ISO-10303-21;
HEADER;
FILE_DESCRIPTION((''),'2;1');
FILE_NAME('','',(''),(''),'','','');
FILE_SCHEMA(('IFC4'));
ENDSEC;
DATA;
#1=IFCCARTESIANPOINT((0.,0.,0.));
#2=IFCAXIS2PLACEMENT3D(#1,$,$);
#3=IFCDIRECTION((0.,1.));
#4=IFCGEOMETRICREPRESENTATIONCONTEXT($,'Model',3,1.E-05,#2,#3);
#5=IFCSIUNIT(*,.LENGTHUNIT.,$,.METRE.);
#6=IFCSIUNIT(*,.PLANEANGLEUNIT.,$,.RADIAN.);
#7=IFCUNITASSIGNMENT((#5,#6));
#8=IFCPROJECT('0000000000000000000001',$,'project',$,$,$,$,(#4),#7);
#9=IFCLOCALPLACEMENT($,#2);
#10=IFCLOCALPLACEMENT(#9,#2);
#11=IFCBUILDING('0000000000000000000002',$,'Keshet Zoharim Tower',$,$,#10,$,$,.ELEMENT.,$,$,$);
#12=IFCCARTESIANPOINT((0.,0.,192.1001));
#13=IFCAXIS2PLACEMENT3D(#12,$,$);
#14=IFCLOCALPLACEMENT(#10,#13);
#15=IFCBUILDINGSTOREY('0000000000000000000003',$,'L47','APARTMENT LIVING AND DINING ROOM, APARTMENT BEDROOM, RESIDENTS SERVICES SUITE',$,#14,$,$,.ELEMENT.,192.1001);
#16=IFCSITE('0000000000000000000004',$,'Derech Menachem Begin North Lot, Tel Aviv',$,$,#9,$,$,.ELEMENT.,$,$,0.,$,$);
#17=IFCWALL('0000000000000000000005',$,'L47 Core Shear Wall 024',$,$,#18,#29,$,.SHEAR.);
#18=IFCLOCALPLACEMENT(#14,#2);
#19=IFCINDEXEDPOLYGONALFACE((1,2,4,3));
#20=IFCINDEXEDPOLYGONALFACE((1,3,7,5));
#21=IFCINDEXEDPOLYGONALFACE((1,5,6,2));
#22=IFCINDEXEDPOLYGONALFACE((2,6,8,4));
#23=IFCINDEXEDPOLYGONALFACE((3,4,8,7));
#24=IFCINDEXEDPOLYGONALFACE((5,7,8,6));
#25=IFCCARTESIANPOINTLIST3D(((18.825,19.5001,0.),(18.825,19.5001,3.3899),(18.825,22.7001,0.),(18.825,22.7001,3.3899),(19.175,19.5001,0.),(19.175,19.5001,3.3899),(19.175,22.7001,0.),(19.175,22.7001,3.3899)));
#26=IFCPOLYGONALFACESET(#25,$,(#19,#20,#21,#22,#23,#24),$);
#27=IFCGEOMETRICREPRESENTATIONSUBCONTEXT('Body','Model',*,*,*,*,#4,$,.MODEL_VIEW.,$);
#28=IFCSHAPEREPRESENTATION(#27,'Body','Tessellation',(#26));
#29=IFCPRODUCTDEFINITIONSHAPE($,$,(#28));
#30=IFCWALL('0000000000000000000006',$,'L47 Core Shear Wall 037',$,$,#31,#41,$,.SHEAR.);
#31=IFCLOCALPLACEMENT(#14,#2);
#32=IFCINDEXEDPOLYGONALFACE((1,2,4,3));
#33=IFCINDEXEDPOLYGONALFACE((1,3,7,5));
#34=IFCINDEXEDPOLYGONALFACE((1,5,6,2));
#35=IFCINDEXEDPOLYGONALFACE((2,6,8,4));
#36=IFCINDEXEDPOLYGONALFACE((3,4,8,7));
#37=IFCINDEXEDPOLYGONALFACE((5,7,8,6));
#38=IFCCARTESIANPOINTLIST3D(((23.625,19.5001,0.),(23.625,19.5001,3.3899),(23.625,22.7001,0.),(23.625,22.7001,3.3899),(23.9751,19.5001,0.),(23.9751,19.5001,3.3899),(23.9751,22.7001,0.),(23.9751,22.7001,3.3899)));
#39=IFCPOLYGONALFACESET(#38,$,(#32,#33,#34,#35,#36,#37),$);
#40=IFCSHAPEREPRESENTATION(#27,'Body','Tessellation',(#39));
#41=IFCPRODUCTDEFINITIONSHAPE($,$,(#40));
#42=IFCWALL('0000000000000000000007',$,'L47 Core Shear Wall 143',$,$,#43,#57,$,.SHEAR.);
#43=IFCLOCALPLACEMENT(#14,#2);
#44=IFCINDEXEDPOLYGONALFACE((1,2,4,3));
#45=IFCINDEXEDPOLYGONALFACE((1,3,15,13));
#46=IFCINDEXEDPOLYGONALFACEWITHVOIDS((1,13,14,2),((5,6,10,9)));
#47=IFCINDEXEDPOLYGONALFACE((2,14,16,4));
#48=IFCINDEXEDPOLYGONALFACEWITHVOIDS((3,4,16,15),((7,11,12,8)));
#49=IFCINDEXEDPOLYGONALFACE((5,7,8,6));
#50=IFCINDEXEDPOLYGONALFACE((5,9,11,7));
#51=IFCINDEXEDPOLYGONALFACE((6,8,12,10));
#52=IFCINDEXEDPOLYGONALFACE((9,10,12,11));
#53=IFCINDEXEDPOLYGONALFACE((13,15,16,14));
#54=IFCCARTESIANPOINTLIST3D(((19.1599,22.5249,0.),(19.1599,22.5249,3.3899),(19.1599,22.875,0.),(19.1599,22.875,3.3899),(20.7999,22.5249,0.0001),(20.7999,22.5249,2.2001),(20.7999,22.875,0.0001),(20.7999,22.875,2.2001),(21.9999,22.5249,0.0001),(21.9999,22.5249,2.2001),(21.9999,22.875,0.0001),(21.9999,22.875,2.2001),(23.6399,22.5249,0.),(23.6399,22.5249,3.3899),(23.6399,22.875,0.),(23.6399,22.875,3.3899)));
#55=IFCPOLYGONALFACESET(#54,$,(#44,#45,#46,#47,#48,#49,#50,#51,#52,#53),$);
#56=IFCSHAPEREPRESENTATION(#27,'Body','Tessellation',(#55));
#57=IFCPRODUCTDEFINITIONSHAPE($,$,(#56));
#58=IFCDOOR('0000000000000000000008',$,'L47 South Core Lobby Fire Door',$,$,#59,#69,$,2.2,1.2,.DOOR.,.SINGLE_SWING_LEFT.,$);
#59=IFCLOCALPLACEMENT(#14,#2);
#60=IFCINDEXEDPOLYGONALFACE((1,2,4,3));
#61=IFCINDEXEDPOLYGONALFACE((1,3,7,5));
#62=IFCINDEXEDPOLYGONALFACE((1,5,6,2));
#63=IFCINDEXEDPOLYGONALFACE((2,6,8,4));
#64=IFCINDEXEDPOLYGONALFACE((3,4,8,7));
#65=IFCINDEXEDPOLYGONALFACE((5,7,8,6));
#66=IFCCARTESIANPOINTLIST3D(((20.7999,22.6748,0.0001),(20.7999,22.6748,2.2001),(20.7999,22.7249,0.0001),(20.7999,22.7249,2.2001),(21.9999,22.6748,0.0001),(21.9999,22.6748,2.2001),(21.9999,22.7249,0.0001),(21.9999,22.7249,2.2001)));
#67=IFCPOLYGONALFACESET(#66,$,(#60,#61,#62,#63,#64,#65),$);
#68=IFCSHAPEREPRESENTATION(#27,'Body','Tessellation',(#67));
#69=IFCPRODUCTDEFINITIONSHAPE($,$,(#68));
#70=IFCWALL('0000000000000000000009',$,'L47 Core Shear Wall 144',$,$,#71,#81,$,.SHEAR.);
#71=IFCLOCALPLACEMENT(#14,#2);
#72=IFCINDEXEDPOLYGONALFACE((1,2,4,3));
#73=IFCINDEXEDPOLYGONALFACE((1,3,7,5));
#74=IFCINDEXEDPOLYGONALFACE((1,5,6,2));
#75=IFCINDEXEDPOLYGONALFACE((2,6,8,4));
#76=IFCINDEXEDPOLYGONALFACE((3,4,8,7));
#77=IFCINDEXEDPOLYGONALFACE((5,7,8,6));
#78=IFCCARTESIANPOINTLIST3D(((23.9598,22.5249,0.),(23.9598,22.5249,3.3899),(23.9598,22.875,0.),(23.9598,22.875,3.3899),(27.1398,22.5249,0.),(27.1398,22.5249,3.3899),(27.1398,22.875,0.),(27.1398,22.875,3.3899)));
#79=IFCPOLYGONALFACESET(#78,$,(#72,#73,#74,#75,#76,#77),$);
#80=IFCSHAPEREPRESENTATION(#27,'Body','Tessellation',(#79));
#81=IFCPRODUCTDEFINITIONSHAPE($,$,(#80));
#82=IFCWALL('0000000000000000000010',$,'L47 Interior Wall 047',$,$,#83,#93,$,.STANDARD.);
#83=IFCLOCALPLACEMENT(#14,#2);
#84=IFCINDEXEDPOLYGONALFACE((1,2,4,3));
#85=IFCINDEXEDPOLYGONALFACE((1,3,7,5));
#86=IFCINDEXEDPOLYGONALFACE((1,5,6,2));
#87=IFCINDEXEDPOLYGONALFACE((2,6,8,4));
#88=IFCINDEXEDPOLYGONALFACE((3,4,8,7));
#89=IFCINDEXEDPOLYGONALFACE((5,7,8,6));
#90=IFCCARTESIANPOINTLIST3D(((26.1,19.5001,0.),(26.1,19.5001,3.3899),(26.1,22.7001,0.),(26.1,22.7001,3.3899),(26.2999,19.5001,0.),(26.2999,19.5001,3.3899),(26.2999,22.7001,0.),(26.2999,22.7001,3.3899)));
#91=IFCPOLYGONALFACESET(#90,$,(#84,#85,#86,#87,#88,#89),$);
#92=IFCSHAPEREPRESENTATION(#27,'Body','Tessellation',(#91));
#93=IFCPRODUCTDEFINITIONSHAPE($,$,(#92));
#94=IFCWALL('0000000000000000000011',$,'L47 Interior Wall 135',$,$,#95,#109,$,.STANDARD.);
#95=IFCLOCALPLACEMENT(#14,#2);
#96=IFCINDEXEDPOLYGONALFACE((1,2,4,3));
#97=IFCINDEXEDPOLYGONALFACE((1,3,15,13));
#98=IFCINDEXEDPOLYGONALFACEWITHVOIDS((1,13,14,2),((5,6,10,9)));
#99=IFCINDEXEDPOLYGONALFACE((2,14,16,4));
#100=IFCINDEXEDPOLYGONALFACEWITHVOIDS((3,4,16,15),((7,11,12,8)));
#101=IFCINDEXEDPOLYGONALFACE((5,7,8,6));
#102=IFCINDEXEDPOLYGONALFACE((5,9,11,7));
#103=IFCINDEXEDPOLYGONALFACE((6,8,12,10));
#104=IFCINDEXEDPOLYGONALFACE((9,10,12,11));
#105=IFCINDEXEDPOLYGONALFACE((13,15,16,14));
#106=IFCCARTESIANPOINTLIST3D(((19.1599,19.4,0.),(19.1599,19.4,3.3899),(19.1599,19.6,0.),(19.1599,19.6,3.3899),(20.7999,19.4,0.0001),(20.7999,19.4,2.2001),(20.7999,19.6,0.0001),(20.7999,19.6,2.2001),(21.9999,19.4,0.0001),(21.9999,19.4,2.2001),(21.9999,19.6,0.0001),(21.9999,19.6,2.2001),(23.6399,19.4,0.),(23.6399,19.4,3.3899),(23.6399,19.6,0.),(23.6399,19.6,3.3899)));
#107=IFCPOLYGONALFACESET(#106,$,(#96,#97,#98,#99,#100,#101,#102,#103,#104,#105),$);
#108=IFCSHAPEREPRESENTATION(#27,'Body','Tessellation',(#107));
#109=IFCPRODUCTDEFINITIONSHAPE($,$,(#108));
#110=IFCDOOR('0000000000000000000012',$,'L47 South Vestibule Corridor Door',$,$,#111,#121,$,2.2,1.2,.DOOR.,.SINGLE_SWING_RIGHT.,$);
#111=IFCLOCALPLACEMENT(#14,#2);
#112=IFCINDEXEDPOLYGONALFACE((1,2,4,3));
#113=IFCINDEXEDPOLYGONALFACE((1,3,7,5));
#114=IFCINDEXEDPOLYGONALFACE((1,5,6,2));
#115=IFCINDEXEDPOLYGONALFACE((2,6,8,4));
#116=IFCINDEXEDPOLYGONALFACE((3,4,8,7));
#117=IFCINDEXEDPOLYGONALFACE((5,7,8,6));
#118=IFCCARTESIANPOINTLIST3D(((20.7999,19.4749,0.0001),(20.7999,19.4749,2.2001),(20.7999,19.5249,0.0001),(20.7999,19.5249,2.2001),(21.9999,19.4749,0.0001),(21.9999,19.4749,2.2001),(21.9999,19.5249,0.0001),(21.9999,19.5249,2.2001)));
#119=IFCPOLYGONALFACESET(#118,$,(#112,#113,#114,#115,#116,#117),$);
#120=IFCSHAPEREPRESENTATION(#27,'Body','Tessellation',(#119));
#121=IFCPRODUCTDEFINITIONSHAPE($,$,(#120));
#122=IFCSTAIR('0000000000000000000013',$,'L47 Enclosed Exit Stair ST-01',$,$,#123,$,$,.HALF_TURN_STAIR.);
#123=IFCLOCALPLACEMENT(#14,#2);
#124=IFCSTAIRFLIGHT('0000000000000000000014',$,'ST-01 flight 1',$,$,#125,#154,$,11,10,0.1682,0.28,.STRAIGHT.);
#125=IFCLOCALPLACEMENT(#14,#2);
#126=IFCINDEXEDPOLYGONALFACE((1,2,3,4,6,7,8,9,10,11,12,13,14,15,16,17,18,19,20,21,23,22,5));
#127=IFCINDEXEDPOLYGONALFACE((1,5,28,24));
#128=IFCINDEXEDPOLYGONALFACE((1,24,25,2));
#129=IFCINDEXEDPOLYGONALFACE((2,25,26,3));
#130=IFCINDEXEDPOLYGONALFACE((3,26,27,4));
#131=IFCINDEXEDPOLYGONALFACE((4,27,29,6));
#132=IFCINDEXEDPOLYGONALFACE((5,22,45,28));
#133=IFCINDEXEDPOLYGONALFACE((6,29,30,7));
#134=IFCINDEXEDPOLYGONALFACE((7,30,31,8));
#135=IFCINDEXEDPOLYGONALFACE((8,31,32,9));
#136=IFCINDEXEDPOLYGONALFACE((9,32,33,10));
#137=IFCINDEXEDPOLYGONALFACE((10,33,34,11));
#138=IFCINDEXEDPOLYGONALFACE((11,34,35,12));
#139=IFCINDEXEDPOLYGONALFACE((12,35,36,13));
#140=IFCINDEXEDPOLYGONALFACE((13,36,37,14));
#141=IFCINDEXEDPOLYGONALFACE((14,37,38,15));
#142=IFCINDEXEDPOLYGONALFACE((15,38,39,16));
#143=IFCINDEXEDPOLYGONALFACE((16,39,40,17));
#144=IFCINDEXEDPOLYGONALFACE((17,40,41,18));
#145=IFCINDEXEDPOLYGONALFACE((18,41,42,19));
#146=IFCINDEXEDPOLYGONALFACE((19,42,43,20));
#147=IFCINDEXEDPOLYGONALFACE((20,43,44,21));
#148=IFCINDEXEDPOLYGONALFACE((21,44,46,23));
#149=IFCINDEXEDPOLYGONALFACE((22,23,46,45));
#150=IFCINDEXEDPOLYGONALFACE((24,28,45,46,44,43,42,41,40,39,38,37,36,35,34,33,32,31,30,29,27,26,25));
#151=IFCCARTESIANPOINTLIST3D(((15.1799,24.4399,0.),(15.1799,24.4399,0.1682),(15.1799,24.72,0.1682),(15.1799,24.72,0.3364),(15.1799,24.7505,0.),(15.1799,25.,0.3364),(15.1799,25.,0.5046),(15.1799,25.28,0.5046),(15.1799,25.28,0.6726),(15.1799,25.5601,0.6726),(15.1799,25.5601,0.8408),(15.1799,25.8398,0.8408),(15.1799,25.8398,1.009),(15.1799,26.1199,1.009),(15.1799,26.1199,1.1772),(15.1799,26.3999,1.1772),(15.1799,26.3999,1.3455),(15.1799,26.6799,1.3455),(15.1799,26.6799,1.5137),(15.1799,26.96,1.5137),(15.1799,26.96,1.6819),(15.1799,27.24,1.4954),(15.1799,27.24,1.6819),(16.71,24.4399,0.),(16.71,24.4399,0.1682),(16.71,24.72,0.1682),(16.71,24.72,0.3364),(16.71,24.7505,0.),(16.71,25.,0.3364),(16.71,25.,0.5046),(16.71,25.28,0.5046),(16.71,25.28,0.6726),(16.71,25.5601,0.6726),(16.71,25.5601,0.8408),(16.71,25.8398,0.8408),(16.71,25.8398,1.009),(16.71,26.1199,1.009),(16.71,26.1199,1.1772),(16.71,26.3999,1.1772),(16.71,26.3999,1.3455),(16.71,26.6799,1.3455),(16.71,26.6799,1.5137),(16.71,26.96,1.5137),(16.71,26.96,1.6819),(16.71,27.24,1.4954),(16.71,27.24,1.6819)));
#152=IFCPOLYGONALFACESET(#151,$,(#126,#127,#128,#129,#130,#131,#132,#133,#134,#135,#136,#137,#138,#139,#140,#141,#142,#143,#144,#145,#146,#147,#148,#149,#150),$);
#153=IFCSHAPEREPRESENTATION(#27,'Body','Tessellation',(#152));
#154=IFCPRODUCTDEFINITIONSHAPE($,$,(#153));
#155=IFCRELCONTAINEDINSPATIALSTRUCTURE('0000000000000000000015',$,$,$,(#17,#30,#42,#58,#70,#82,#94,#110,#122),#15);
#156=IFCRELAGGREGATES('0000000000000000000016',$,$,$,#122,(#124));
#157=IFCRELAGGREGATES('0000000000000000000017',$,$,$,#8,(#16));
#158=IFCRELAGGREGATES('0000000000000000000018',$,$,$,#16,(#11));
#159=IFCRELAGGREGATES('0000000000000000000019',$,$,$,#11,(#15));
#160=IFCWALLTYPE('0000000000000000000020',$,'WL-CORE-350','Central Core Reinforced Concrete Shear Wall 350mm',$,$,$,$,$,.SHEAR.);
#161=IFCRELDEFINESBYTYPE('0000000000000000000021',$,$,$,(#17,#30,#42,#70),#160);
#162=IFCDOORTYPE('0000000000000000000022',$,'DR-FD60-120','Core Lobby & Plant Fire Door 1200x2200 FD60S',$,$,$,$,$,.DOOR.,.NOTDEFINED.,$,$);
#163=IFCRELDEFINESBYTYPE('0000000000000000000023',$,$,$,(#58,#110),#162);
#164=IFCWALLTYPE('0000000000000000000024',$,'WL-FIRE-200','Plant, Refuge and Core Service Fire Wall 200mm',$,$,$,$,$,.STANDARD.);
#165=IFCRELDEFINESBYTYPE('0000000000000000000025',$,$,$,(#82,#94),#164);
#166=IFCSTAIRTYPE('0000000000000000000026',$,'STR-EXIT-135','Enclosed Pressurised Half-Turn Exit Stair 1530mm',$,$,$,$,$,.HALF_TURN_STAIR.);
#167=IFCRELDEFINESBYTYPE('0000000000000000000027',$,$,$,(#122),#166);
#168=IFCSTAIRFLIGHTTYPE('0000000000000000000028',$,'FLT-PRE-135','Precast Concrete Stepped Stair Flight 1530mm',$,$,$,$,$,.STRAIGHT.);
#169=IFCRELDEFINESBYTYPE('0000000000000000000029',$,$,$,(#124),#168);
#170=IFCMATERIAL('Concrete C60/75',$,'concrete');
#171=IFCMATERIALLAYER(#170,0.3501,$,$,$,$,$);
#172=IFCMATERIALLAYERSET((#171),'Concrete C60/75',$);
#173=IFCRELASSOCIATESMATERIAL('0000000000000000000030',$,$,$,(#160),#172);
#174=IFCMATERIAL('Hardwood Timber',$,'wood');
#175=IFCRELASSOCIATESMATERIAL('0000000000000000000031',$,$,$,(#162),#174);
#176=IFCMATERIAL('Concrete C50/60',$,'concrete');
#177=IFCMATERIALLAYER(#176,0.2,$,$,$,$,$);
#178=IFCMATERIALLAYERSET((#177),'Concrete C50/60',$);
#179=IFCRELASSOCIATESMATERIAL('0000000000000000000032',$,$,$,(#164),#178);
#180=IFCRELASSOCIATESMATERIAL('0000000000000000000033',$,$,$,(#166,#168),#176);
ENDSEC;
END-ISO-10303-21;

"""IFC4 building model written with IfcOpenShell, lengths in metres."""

from ifc_helpers import new_model, si_unit, direction, frame, frame_2d, origin, place, context, subcontext, project, spatial, polyline, rectangle, outline, extrude, material, layer, layer_set, type_object, element, fill, aggregate, save


model = new_model("IFC4")

# Units and contexts
model_context = context("Model", 3, precision=1e-05, world=origin(), true_north=direction((0.0, 1.0)))
body_context = subcontext(model_context, "Body", "Model", "MODEL_VIEW")
ifc_project = project(units=[si_unit("LENGTHUNIT", "METRE"), si_unit("PLANEANGLEUNIT", "RADIAN")], contexts=[model_context])

# Site, building, storey
site_placement = place(None, origin())
site = spatial("IfcSite", under=ifc_project, at=site_placement, Name="Derech Menachem Begin North Lot, Tel Aviv", CompositionType="ELEMENT", RefElevation=0.0)
building_placement = place(site_placement, origin())
building = spatial("IfcBuilding", under=site, at=building_placement, Name="Keshet Zoharim Tower", CompositionType="ELEMENT")
storey_placement = place(building_placement, frame((0.0, 0.0, 192.1001)))
storey = spatial("IfcBuildingStorey", under=building, at=storey_placement, Name="L47", Description="APARTMENT LIVING AND DINING ROOM, APARTMENT BEDROOM, RESIDENTS SERVICES SUITE", CompositionType="ELEMENT", Elevation=192.1001)

# Wall
ifc_material_1 = material(Name="Concrete C60/75", Category="concrete")
ifc_layer_1 = layer(ifc_material_1, 0.3501)
ifc_layer_set_1 = layer_set([ifc_layer_1], Name="Concrete C60/75")
wall_type_1 = type_object("IfcWallType", Name="WL-CORE-350", Description="Central Core Reinforced Concrete Shear Wall 350mm", PredefinedType="SHEAR", material=ifc_layer_set_1)
wall_1_placement = place(storey_placement, frame((19.0, 19.5, 0.0), z_axis=(0.0, 0.0, 1.0), x_axis=(0.0, 1.0, 0.0)))
element("IfcWall", 1, at=wall_1_placement, inside=storey, type_object=wall_type_1, Name="L47 Core Shear Wall 024", PredefinedType="SHEAR", context=body_context, shape_type="SweptSolid", body=[
    extrude(rectangle(XDim=3.2, YDim=0.3501, at=frame_2d((1.6001, 0.0))), origin(), (0.0, 0.0, 1.0), 3.3899),
])

# Shared definitions
ifc_material_2 = material(Name="Hardwood Timber", Category="wood")

# Wall
wall_2_placement = place(storey_placement, frame((23.8, 19.5, 0.0), z_axis=(0.0, 0.0, 1.0), x_axis=(0.0, 1.0, 0.0)))
element("IfcWall", 2, at=wall_2_placement, inside=storey, type_object=wall_type_1, Name="L47 Core Shear Wall 037", PredefinedType="SHEAR", context=body_context, shape_type="SweptSolid", body=[
    extrude(rectangle(XDim=3.2, YDim=0.3501, at=frame_2d((1.6001, 0.0))), origin(), (0.0, 0.0, 1.0), 3.3899),
])

# Wall, opening, door
wall_3_placement = place(storey_placement, frame((19.1599, 22.7, 0.0), z_axis=(0.0, 0.0, 1.0), x_axis=(1.0, 0.0, 0.0)))
wall_3 = element("IfcWall", 3, at=wall_3_placement, inside=storey, type_object=wall_type_1, Name="L47 Core Shear Wall 143", PredefinedType="SHEAR", context=body_context, shape_type="SweptSolid", body=[
    extrude(rectangle(XDim=4.48, YDim=0.3501, at=frame_2d((2.24, 0.0))), origin(), (0.0, 0.0, 1.0), 3.3899),
])
opening_1_placement = place(wall_3_placement, frame((1.6399, 0.0, 0.0)))
opening_1 = element("IfcOpeningElement", 4, at=opening_1_placement, cuts=wall_3, PredefinedType="OPENING", context=body_context, shape_type="SweptSolid", body=[
    extrude(rectangle(XDim=1.2, YDim=2.2, at=frame_2d((0.6001, 1.1001))), frame((0.0, 0.1851, 0.0), z_axis=(0.0, -1.0, 0.0), x_axis=(1.0, 0.0, 0.0)), (0.0, 0.0, 1.0), 0.3701),
])
door_type_1 = type_object("IfcDoorType", Name="DR-FD60-120", Description="Core Lobby & Plant Fire Door 1200x2200 FD60S", OperationType="NOTDEFINED", PredefinedType="DOOR", material=ifc_material_2)
door_1_placement = place(opening_1_placement, origin())
door_1 = element("IfcDoor", 5, at=door_1_placement, inside=storey, type_object=door_type_1, Name="L47 South Core Lobby Fire Door", OperationType="SINGLE_SWING_LEFT", OverallHeight=2.2, OverallWidth=1.2, PredefinedType="DOOR", context=body_context, shape_type="SweptSolid", body=[
    extrude(rectangle(XDim=1.2, YDim=2.2, at=frame_2d((0.6001, 1.1001))), frame((0.0, 0.0249, 0.0), z_axis=(0.0, -1.0, 0.0), x_axis=(1.0, 0.0, 0.0)), (0.0, 0.0, 1.0), 0.05),
])
fill(opening_1, door_1)

# Walls
wall_4_placement = place(storey_placement, frame((23.96, 22.7, 0.0), z_axis=(0.0, 0.0, 1.0), x_axis=(1.0, 0.0, 0.0)))
element("IfcWall", 6, at=wall_4_placement, inside=storey, type_object=wall_type_1, Name="L47 Core Shear Wall 144", PredefinedType="SHEAR", context=body_context, shape_type="SweptSolid", body=[
    extrude(rectangle(XDim=3.1799, YDim=0.3501, at=frame_2d((1.5898, 0.0))), origin(), (0.0, 0.0, 1.0), 3.3899),
])
ifc_material_3 = material(Name="Concrete C50/60", Category="concrete")
ifc_layer_2 = layer(ifc_material_3, 0.2)
ifc_layer_set_2 = layer_set([ifc_layer_2], Name="Concrete C50/60")
wall_type_2 = type_object("IfcWallType", Name="WL-FIRE-200", Description="Plant, Refuge and Core Service Fire Wall 200mm", PredefinedType="STANDARD", material=ifc_layer_set_2)
wall_5_placement = place(storey_placement, frame((26.2, 19.5, 0.0), z_axis=(0.0, 0.0, 1.0), x_axis=(0.0, 1.0, 0.0)))
element("IfcWall", 7, at=wall_5_placement, inside=storey, type_object=wall_type_2, Name="L47 Interior Wall 047", PredefinedType="STANDARD", context=body_context, shape_type="SweptSolid", body=[
    extrude(rectangle(XDim=3.2, YDim=0.2, at=frame_2d((1.6001, 0.0))), origin(), (0.0, 0.0, 1.0), 3.3899),
])

# Wall, opening, door
wall_6_placement = place(storey_placement, frame((19.1599, 19.5, 0.0), z_axis=(0.0, 0.0, 1.0), x_axis=(1.0, 0.0, 0.0)))
wall_6 = element("IfcWall", 8, at=wall_6_placement, inside=storey, type_object=wall_type_2, Name="L47 Interior Wall 135", PredefinedType="STANDARD", context=body_context, shape_type="SweptSolid", body=[
    extrude(rectangle(XDim=4.48, YDim=0.2, at=frame_2d((2.24, 0.0))), origin(), (0.0, 0.0, 1.0), 3.3899),
])
opening_2_placement = place(wall_6_placement, frame((1.6399, 0.0, 0.0)))
opening_2 = element("IfcOpeningElement", 9, at=opening_2_placement, cuts=wall_6, PredefinedType="OPENING", context=body_context, shape_type="SweptSolid", body=[
    extrude(rectangle(XDim=1.2, YDim=2.2, at=frame_2d((0.6001, 1.1001))), frame((0.0, 0.1099, 0.0), z_axis=(0.0, -1.0, 0.0), x_axis=(1.0, 0.0, 0.0)), (0.0, 0.0, 1.0), 0.22),
])
door_2_placement = place(opening_2_placement, origin())
door_2 = element("IfcDoor", 10, at=door_2_placement, inside=storey, type_object=door_type_1, Name="L47 South Vestibule Corridor Door", OperationType="SINGLE_SWING_RIGHT", OverallHeight=2.2, OverallWidth=1.2, PredefinedType="DOOR", context=body_context, shape_type="SweptSolid", body=[
    extrude(rectangle(XDim=1.2, YDim=2.2, at=frame_2d((0.6001, 1.1001))), frame((0.0, 0.0249, 0.0), z_axis=(0.0, -1.0, 0.0), x_axis=(1.0, 0.0, 0.0)), (0.0, 0.0, 1.0), 0.05),
])
fill(opening_2, door_2)

# Stair, stair flight
stair_type = type_object("IfcStairType", Name="STR-EXIT-135", Description="Enclosed Pressurised Half-Turn Exit Stair 1530mm", PredefinedType="HALF_TURN_STAIR", material=ifc_material_3)
stair_1_placement = place(storey_placement, origin())
stair_1 = element("IfcStair", 11, at=stair_1_placement, inside=storey, type_object=stair_type, Name="L47 Enclosed Exit Stair ST-01", PredefinedType="HALF_TURN_STAIR")
stair_flight_type_1 = type_object("IfcStairFlightType", Name="FLT-PRE-135", Description="Precast Concrete Stepped Stair Flight 1530mm", PredefinedType="STRAIGHT", material=ifc_material_3)
stair_flight_1_placement = place(storey_placement, frame((15.9451, 24.4399, 0.0), z_axis=(0.0, 0.0, 1.0), x_axis=(0.0, 1.0, 0.0)))
stair_flight_1 = element("IfcStairFlight", 12, at=stair_flight_1_placement, type_object=stair_flight_type_1, Name="ST-01 flight 1", NumberOfRisers=11, NumberOfTreads=10, PredefinedType="STRAIGHT", RiserHeight=0.1682, TreadLength=0.28, context=body_context, shape_type="SweptSolid", body=[
    extrude(outline(polyline([(0.0, 0.0), (0.0, 0.1682), (0.28, 0.1682), (0.28, 0.3364), (0.5601, 0.3364), (0.5601, 0.5046), (0.8401, 0.5046), (0.8401, 0.6726), (1.1201, 0.6726), (1.1201, 0.8408), (1.3999, 0.8408), (1.3999, 1.009), (1.6799, 1.009), (1.6799, 1.1772), (1.96, 1.1772), (1.96, 1.3455), (2.24, 1.3455), (2.24, 1.5137), (2.52, 1.5137), (2.52, 1.6819), (2.8, 1.6819), (2.8, 1.8501), (2.8, 1.4954), (0.3105, 0.0), (0.0, 0.0)])), frame((0.0, 0.7651, 0.0), z_axis=(0.0, -1.0, 0.0), x_axis=(1.0, 0.0, 0.0)), (0.0, 0.0, 1.0), 1.53),
])
aggregate(stair_1, [stair_flight_1])

save(model, "model.ifc")
